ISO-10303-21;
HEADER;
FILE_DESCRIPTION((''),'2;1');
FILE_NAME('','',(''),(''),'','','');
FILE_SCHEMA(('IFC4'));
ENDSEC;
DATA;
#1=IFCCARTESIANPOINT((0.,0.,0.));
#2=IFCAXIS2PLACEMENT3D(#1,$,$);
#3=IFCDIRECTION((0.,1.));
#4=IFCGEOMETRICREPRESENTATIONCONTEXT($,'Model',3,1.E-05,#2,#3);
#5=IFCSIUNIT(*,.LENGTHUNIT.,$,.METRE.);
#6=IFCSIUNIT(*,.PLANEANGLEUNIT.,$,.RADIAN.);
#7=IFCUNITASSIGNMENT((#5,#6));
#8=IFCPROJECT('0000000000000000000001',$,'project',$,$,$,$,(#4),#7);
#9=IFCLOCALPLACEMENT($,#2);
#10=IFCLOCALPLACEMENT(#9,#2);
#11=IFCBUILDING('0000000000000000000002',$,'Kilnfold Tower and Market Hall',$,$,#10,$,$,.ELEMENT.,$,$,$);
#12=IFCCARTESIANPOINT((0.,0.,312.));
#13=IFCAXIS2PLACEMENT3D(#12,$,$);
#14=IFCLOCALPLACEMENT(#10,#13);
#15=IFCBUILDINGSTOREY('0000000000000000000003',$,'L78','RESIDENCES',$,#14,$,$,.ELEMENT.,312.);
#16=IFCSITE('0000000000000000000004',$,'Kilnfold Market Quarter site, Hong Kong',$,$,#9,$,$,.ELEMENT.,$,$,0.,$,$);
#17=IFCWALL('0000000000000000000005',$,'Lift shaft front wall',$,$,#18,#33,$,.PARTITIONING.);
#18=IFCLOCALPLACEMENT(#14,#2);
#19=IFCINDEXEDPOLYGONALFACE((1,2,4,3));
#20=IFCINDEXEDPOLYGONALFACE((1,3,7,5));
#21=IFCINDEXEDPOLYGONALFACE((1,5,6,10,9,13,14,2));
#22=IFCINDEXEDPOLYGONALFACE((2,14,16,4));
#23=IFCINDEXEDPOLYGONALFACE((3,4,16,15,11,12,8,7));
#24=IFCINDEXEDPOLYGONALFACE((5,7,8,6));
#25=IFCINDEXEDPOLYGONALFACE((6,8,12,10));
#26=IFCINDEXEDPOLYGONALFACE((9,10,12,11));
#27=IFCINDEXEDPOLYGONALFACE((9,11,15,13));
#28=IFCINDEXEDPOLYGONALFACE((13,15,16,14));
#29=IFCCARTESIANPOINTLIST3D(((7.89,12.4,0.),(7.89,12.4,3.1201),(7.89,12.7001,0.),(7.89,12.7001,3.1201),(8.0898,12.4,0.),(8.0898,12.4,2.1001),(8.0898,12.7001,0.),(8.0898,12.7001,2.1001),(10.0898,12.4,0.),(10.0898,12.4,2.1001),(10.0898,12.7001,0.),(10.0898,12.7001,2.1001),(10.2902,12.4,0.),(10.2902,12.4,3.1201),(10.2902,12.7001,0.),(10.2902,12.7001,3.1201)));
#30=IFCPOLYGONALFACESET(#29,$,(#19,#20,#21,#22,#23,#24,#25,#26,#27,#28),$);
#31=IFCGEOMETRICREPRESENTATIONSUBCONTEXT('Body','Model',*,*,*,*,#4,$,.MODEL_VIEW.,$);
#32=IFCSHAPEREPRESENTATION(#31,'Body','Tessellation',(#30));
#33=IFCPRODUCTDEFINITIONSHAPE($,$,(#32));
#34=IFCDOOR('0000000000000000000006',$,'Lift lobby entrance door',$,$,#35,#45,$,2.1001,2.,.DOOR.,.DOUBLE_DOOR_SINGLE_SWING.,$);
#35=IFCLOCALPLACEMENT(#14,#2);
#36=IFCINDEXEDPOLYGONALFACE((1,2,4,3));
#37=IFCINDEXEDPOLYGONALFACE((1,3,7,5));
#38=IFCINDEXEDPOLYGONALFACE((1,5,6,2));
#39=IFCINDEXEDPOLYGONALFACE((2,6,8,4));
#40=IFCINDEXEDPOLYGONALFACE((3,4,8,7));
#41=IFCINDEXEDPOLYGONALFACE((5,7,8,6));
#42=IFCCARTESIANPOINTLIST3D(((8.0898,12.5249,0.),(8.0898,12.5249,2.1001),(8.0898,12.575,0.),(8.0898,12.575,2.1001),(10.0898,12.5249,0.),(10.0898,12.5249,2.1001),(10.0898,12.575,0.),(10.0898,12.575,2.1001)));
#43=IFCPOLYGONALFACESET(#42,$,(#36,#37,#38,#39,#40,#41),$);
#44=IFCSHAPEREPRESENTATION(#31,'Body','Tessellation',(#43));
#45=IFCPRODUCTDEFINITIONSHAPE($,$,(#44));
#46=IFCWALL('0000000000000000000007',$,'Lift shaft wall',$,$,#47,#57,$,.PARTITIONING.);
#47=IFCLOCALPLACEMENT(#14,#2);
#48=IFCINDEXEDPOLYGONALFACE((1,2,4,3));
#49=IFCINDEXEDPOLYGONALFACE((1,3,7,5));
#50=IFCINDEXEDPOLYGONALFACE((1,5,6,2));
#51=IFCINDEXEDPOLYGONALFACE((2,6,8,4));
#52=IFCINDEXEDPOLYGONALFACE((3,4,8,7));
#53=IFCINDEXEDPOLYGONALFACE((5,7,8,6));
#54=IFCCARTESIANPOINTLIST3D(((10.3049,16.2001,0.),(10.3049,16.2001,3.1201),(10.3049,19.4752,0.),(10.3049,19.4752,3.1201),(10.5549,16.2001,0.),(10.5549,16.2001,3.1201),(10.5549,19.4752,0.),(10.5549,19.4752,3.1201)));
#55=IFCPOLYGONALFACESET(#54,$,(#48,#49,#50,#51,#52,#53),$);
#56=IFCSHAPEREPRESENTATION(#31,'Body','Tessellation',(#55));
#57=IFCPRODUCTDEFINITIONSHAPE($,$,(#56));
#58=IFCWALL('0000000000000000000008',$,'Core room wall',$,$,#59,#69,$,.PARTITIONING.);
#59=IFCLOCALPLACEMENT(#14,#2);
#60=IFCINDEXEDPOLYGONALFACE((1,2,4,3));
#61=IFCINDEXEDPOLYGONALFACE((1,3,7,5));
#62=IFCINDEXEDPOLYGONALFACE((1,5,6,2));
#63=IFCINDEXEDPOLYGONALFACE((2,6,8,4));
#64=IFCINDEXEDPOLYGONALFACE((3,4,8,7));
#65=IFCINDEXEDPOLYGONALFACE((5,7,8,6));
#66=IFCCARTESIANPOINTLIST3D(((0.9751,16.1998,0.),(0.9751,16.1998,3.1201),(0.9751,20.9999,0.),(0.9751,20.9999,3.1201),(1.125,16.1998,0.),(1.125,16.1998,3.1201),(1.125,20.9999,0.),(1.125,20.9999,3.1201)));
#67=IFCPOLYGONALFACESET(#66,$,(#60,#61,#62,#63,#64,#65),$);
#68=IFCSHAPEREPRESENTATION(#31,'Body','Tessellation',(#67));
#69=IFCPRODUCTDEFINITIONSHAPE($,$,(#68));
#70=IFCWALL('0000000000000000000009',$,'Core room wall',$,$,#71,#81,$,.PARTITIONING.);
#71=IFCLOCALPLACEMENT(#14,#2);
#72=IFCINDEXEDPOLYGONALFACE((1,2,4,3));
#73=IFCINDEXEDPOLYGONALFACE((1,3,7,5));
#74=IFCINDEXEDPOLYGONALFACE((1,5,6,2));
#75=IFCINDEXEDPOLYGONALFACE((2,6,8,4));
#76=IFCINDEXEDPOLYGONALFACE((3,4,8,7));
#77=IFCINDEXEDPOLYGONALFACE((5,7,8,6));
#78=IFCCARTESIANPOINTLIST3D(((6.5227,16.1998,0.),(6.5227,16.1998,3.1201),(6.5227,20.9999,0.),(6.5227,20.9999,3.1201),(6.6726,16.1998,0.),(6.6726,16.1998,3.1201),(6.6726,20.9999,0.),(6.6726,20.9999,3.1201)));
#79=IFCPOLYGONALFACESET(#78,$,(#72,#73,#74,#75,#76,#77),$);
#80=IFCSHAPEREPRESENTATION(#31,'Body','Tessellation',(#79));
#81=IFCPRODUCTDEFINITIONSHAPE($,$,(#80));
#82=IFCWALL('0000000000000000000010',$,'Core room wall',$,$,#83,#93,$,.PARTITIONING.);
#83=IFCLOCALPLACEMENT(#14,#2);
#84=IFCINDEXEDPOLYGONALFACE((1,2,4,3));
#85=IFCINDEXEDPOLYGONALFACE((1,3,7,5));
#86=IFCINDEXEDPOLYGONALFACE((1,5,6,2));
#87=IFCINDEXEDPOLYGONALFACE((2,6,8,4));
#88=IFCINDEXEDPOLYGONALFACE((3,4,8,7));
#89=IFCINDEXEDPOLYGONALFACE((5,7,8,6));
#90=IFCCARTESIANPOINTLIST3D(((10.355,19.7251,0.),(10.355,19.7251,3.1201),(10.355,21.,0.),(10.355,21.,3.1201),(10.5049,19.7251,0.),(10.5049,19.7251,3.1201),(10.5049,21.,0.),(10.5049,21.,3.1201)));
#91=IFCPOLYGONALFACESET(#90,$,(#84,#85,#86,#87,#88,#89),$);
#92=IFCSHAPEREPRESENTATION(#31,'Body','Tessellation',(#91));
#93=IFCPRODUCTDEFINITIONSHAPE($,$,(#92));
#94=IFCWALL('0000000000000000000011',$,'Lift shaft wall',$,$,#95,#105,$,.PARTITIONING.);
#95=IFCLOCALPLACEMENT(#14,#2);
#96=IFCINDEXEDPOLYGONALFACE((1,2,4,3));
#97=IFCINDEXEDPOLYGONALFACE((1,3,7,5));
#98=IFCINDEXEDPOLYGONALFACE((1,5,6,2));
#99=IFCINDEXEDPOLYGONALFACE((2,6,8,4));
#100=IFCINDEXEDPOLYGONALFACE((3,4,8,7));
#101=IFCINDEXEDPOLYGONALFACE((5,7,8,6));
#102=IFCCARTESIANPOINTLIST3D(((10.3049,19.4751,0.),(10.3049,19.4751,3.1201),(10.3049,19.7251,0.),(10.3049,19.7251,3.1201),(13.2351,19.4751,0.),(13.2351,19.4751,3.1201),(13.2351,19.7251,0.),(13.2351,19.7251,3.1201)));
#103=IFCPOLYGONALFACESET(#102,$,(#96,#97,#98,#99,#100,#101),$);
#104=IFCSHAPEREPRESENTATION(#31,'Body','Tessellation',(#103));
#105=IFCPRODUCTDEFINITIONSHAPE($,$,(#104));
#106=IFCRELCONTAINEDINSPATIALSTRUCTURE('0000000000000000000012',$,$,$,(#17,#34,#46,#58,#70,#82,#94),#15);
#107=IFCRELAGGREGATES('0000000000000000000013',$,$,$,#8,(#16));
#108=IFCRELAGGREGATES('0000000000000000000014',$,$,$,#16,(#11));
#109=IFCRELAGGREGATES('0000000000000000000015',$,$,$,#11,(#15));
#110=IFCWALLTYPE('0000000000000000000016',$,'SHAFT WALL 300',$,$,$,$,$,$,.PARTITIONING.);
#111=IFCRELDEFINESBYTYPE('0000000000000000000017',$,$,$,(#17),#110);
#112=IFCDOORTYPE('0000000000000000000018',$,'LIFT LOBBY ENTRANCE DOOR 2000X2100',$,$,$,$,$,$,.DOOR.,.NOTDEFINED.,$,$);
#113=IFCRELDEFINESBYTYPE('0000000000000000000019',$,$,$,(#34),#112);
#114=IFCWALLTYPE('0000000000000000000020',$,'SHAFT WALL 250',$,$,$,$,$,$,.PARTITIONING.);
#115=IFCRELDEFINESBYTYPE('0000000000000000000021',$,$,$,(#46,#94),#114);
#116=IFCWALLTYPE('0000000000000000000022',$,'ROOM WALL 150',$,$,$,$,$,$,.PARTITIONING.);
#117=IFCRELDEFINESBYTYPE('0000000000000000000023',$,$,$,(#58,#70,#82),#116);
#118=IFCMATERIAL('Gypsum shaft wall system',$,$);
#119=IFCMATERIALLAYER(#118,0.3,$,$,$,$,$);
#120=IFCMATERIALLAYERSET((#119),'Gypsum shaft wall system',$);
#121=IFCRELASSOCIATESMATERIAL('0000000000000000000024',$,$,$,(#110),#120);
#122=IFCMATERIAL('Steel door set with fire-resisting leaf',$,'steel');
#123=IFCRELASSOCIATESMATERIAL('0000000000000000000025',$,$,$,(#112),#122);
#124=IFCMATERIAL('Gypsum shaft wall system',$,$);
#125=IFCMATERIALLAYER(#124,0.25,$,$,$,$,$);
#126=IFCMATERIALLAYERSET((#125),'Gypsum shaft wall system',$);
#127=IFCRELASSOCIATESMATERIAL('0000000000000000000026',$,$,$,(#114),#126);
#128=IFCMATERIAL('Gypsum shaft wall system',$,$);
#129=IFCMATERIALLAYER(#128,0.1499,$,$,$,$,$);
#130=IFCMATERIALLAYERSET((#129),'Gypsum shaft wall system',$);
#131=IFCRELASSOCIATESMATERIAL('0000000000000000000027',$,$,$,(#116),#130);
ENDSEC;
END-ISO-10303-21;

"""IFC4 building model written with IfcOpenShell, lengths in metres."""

from ifc_helpers import new_model, si_unit, direction, frame, frame_2d, origin, place, context, subcontext, project, spatial, rectangle, extrude, source, transform, mapped, material, layer, layer_set, type_object, element, fill, save


model = new_model("IFC4")

# Units and contexts
model_context = context("Model", 3, precision=1e-05, world=origin(), true_north=direction((0.0, 1.0)))
body_context = subcontext(model_context, "Body", "Model", "MODEL_VIEW")
ifc_project = project(units=[si_unit("LENGTHUNIT", "METRE"), si_unit("PLANEANGLEUNIT", "RADIAN")], contexts=[model_context])

# Site, building, storey
site_placement = place(None, origin())
site = spatial("IfcSite", under=ifc_project, at=site_placement, Name="Kilnfold Market Quarter site, Hong Kong", CompositionType="ELEMENT", RefElevation=0.0)
building_placement = place(site_placement, origin())
building = spatial("IfcBuilding", under=site, at=building_placement, Name="Kilnfold Tower and Market Hall", CompositionType="ELEMENT")
storey_placement = place(building_placement, frame((0.0, 0.0, 312.0)))
storey = spatial("IfcBuildingStorey", under=building, at=storey_placement, Name="L78", Description="RESIDENCES", CompositionType="ELEMENT", Elevation=312.0)

# Wall, opening, door
ifc_material_1 = material(Name="Gypsum shaft wall system")
ifc_layer_1 = layer(ifc_material_1, 0.3)
ifc_layer_set_1 = layer_set([ifc_layer_1], Name="Gypsum shaft wall system")
wall_type_1 = type_object("IfcWallType", Name="SHAFT WALL 300", PredefinedType="PARTITIONING", material=ifc_layer_set_1)
shared_shape_1 = source(origin(), body_context, "Body", "SweptSolid", [
    extrude(rectangle(XDim=2.4001, YDim=0.3, at=frame_2d((1.2002, 0.0))), origin(), (0.0, 0.0, 1.0), 3.1201),
])
wall_1_placement = place(storey_placement, frame((7.8899, 12.55, 0.0), z_axis=(0.0, 0.0, 1.0), x_axis=(1.0, 0.0, 0.0)))
wall_1 = element("IfcWall", 1, at=wall_1_placement, inside=storey, type_object=wall_type_1, Name="Lift shaft front wall", PredefinedType="PARTITIONING", context=body_context, shape_type="MappedRepresentation", body=[
    mapped(shared_shape_1, transform((0.0, 0.0, 0.0))),
])
opening_1_placement = place(wall_1_placement, frame((0.2, 0.0, 0.0)))
opening_1 = element("IfcOpeningElement", 2, at=opening_1_placement, cuts=wall_1, PredefinedType="OPENING", context=body_context, shape_type="SweptSolid", body=[
    extrude(rectangle(XDim=2.0, YDim=2.1001, at=frame_2d((1.0, 1.05))), frame((0.0, 0.1602, 0.0), z_axis=(0.0, -1.0, 0.0), x_axis=(1.0, 0.0, 0.0)), (0.0, 0.0, 1.0), 0.3201),
])
ifc_material_2 = material(Name="Steel door set with fire-resisting leaf", Category="steel")
door_type_1 = type_object("IfcDoorType", Name="LIFT LOBBY ENTRANCE DOOR 2000X2100", OperationType="NOTDEFINED", PredefinedType="DOOR", material=ifc_material_2)
door_1_placement = place(opening_1_placement, origin())
door_1 = element("IfcDoor", 3, at=door_1_placement, inside=storey, type_object=door_type_1, Name="Lift lobby entrance door", OperationType="DOUBLE_DOOR_SINGLE_SWING", OverallHeight=2.1001, OverallWidth=2.0, PredefinedType="DOOR", context=body_context, shape_type="SweptSolid", body=[
    extrude(rectangle(XDim=2.0, YDim=2.1001, at=frame_2d((1.0, 1.05))), frame((0.0, 0.0249, 0.0), z_axis=(0.0, -1.0, 0.0), x_axis=(1.0, 0.0, 0.0)), (0.0, 0.0, 1.0), 0.05),
])
fill(opening_1, door_1)

# Walls
ifc_material_3 = material(Name="Gypsum shaft wall system")
ifc_layer_2 = layer(ifc_material_3, 0.25)
ifc_layer_set_2 = layer_set([ifc_layer_2], Name="Gypsum shaft wall system")
wall_type_2 = type_object("IfcWallType", Name="SHAFT WALL 250", PredefinedType="PARTITIONING", material=ifc_layer_set_2)
shared_shape_2 = source(origin(), body_context, "Body", "SweptSolid", [
    extrude(rectangle(XDim=3.2751, YDim=0.25, at=frame_2d((1.6377, 0.0))), origin(), (0.0, 0.0, 1.0), 3.1201),
])
wall_2_placement = place(storey_placement, frame((10.4299, 16.2, 0.0), z_axis=(0.0, 0.0, 1.0), x_axis=(0.0, 1.0, 0.0)))
element("IfcWall", 4, at=wall_2_placement, inside=storey, type_object=wall_type_2, Name="Lift shaft wall", PredefinedType="PARTITIONING", context=body_context, shape_type="MappedRepresentation", body=[
    mapped(shared_shape_2, transform((0.0, 0.0, 0.0))),
])
ifc_material_4 = material(Name="Gypsum shaft wall system")
ifc_layer_3 = layer(ifc_material_4, 0.1499)
ifc_layer_set_3 = layer_set([ifc_layer_3], Name="Gypsum shaft wall system")
wall_type_3 = type_object("IfcWallType", Name="ROOM WALL 150", PredefinedType="PARTITIONING", material=ifc_layer_set_3)
shared_shape_3 = source(origin(), body_context, "Body", "SweptSolid", [
    extrude(rectangle(XDim=4.8, YDim=0.1499, at=frame_2d((2.3999, 0.0))), origin(), (0.0, 0.0, 1.0), 3.1201),
])
for number, where, z_axis, x_axis, name in (
    (5, (1.05, 16.2, 0.0), (0.0, 0.0, 1.0), (0.0, 1.0, 0.0), "Core room wall"),
    (6, (6.5977, 16.2, 0.0), (0.0, 0.0, 1.0), (0.0, 1.0, 0.0), "Core room wall"),
):
    element("IfcWall", number, at=place(storey_placement, frame(where, z_axis=z_axis, x_axis=x_axis)), inside=storey, type_object=wall_type_3, Name=name, PredefinedType="PARTITIONING", context=body_context, shape_type="MappedRepresentation", body=[
        mapped(shared_shape_3, transform((0.0, 0.0, 0.0))),
    ])
shared_shape_4 = source(origin(), body_context, "Body", "SweptSolid", [
    extrude(rectangle(XDim=1.2749, YDim=0.1499, at=frame_2d((0.6375, 0.0))), origin(), (0.0, 0.0, 1.0), 3.1201),
])
wall_3_placement = place(storey_placement, frame((10.4299, 19.7251, 0.0), z_axis=(0.0, 0.0, 1.0), x_axis=(0.0, 1.0, 0.0)))
element("IfcWall", 7, at=wall_3_placement, inside=storey, type_object=wall_type_3, Name="Core room wall", PredefinedType="PARTITIONING", context=body_context, shape_type="MappedRepresentation", body=[
    mapped(shared_shape_4, transform((0.0, 0.0, 0.0))),
])
shared_shape_5 = source(origin(), body_context, "Body", "SweptSolid", [
    extrude(rectangle(XDim=2.9302, YDim=0.25, at=frame_2d((1.4651, 0.0))), origin(), (0.0, 0.0, 1.0), 3.1201),
])
wall_4_placement = place(storey_placement, frame((10.3049, 19.6001, 0.0), z_axis=(0.0, 0.0, 1.0), x_axis=(1.0, 0.0, 0.0)))
element("IfcWall", 8, at=wall_4_placement, inside=storey, type_object=wall_type_2, Name="Lift shaft wall", PredefinedType="PARTITIONING", context=body_context, shape_type="MappedRepresentation", body=[
    mapped(shared_shape_5, transform((0.0, 0.0, 0.0))),
])

save(model, "model.ifc")
